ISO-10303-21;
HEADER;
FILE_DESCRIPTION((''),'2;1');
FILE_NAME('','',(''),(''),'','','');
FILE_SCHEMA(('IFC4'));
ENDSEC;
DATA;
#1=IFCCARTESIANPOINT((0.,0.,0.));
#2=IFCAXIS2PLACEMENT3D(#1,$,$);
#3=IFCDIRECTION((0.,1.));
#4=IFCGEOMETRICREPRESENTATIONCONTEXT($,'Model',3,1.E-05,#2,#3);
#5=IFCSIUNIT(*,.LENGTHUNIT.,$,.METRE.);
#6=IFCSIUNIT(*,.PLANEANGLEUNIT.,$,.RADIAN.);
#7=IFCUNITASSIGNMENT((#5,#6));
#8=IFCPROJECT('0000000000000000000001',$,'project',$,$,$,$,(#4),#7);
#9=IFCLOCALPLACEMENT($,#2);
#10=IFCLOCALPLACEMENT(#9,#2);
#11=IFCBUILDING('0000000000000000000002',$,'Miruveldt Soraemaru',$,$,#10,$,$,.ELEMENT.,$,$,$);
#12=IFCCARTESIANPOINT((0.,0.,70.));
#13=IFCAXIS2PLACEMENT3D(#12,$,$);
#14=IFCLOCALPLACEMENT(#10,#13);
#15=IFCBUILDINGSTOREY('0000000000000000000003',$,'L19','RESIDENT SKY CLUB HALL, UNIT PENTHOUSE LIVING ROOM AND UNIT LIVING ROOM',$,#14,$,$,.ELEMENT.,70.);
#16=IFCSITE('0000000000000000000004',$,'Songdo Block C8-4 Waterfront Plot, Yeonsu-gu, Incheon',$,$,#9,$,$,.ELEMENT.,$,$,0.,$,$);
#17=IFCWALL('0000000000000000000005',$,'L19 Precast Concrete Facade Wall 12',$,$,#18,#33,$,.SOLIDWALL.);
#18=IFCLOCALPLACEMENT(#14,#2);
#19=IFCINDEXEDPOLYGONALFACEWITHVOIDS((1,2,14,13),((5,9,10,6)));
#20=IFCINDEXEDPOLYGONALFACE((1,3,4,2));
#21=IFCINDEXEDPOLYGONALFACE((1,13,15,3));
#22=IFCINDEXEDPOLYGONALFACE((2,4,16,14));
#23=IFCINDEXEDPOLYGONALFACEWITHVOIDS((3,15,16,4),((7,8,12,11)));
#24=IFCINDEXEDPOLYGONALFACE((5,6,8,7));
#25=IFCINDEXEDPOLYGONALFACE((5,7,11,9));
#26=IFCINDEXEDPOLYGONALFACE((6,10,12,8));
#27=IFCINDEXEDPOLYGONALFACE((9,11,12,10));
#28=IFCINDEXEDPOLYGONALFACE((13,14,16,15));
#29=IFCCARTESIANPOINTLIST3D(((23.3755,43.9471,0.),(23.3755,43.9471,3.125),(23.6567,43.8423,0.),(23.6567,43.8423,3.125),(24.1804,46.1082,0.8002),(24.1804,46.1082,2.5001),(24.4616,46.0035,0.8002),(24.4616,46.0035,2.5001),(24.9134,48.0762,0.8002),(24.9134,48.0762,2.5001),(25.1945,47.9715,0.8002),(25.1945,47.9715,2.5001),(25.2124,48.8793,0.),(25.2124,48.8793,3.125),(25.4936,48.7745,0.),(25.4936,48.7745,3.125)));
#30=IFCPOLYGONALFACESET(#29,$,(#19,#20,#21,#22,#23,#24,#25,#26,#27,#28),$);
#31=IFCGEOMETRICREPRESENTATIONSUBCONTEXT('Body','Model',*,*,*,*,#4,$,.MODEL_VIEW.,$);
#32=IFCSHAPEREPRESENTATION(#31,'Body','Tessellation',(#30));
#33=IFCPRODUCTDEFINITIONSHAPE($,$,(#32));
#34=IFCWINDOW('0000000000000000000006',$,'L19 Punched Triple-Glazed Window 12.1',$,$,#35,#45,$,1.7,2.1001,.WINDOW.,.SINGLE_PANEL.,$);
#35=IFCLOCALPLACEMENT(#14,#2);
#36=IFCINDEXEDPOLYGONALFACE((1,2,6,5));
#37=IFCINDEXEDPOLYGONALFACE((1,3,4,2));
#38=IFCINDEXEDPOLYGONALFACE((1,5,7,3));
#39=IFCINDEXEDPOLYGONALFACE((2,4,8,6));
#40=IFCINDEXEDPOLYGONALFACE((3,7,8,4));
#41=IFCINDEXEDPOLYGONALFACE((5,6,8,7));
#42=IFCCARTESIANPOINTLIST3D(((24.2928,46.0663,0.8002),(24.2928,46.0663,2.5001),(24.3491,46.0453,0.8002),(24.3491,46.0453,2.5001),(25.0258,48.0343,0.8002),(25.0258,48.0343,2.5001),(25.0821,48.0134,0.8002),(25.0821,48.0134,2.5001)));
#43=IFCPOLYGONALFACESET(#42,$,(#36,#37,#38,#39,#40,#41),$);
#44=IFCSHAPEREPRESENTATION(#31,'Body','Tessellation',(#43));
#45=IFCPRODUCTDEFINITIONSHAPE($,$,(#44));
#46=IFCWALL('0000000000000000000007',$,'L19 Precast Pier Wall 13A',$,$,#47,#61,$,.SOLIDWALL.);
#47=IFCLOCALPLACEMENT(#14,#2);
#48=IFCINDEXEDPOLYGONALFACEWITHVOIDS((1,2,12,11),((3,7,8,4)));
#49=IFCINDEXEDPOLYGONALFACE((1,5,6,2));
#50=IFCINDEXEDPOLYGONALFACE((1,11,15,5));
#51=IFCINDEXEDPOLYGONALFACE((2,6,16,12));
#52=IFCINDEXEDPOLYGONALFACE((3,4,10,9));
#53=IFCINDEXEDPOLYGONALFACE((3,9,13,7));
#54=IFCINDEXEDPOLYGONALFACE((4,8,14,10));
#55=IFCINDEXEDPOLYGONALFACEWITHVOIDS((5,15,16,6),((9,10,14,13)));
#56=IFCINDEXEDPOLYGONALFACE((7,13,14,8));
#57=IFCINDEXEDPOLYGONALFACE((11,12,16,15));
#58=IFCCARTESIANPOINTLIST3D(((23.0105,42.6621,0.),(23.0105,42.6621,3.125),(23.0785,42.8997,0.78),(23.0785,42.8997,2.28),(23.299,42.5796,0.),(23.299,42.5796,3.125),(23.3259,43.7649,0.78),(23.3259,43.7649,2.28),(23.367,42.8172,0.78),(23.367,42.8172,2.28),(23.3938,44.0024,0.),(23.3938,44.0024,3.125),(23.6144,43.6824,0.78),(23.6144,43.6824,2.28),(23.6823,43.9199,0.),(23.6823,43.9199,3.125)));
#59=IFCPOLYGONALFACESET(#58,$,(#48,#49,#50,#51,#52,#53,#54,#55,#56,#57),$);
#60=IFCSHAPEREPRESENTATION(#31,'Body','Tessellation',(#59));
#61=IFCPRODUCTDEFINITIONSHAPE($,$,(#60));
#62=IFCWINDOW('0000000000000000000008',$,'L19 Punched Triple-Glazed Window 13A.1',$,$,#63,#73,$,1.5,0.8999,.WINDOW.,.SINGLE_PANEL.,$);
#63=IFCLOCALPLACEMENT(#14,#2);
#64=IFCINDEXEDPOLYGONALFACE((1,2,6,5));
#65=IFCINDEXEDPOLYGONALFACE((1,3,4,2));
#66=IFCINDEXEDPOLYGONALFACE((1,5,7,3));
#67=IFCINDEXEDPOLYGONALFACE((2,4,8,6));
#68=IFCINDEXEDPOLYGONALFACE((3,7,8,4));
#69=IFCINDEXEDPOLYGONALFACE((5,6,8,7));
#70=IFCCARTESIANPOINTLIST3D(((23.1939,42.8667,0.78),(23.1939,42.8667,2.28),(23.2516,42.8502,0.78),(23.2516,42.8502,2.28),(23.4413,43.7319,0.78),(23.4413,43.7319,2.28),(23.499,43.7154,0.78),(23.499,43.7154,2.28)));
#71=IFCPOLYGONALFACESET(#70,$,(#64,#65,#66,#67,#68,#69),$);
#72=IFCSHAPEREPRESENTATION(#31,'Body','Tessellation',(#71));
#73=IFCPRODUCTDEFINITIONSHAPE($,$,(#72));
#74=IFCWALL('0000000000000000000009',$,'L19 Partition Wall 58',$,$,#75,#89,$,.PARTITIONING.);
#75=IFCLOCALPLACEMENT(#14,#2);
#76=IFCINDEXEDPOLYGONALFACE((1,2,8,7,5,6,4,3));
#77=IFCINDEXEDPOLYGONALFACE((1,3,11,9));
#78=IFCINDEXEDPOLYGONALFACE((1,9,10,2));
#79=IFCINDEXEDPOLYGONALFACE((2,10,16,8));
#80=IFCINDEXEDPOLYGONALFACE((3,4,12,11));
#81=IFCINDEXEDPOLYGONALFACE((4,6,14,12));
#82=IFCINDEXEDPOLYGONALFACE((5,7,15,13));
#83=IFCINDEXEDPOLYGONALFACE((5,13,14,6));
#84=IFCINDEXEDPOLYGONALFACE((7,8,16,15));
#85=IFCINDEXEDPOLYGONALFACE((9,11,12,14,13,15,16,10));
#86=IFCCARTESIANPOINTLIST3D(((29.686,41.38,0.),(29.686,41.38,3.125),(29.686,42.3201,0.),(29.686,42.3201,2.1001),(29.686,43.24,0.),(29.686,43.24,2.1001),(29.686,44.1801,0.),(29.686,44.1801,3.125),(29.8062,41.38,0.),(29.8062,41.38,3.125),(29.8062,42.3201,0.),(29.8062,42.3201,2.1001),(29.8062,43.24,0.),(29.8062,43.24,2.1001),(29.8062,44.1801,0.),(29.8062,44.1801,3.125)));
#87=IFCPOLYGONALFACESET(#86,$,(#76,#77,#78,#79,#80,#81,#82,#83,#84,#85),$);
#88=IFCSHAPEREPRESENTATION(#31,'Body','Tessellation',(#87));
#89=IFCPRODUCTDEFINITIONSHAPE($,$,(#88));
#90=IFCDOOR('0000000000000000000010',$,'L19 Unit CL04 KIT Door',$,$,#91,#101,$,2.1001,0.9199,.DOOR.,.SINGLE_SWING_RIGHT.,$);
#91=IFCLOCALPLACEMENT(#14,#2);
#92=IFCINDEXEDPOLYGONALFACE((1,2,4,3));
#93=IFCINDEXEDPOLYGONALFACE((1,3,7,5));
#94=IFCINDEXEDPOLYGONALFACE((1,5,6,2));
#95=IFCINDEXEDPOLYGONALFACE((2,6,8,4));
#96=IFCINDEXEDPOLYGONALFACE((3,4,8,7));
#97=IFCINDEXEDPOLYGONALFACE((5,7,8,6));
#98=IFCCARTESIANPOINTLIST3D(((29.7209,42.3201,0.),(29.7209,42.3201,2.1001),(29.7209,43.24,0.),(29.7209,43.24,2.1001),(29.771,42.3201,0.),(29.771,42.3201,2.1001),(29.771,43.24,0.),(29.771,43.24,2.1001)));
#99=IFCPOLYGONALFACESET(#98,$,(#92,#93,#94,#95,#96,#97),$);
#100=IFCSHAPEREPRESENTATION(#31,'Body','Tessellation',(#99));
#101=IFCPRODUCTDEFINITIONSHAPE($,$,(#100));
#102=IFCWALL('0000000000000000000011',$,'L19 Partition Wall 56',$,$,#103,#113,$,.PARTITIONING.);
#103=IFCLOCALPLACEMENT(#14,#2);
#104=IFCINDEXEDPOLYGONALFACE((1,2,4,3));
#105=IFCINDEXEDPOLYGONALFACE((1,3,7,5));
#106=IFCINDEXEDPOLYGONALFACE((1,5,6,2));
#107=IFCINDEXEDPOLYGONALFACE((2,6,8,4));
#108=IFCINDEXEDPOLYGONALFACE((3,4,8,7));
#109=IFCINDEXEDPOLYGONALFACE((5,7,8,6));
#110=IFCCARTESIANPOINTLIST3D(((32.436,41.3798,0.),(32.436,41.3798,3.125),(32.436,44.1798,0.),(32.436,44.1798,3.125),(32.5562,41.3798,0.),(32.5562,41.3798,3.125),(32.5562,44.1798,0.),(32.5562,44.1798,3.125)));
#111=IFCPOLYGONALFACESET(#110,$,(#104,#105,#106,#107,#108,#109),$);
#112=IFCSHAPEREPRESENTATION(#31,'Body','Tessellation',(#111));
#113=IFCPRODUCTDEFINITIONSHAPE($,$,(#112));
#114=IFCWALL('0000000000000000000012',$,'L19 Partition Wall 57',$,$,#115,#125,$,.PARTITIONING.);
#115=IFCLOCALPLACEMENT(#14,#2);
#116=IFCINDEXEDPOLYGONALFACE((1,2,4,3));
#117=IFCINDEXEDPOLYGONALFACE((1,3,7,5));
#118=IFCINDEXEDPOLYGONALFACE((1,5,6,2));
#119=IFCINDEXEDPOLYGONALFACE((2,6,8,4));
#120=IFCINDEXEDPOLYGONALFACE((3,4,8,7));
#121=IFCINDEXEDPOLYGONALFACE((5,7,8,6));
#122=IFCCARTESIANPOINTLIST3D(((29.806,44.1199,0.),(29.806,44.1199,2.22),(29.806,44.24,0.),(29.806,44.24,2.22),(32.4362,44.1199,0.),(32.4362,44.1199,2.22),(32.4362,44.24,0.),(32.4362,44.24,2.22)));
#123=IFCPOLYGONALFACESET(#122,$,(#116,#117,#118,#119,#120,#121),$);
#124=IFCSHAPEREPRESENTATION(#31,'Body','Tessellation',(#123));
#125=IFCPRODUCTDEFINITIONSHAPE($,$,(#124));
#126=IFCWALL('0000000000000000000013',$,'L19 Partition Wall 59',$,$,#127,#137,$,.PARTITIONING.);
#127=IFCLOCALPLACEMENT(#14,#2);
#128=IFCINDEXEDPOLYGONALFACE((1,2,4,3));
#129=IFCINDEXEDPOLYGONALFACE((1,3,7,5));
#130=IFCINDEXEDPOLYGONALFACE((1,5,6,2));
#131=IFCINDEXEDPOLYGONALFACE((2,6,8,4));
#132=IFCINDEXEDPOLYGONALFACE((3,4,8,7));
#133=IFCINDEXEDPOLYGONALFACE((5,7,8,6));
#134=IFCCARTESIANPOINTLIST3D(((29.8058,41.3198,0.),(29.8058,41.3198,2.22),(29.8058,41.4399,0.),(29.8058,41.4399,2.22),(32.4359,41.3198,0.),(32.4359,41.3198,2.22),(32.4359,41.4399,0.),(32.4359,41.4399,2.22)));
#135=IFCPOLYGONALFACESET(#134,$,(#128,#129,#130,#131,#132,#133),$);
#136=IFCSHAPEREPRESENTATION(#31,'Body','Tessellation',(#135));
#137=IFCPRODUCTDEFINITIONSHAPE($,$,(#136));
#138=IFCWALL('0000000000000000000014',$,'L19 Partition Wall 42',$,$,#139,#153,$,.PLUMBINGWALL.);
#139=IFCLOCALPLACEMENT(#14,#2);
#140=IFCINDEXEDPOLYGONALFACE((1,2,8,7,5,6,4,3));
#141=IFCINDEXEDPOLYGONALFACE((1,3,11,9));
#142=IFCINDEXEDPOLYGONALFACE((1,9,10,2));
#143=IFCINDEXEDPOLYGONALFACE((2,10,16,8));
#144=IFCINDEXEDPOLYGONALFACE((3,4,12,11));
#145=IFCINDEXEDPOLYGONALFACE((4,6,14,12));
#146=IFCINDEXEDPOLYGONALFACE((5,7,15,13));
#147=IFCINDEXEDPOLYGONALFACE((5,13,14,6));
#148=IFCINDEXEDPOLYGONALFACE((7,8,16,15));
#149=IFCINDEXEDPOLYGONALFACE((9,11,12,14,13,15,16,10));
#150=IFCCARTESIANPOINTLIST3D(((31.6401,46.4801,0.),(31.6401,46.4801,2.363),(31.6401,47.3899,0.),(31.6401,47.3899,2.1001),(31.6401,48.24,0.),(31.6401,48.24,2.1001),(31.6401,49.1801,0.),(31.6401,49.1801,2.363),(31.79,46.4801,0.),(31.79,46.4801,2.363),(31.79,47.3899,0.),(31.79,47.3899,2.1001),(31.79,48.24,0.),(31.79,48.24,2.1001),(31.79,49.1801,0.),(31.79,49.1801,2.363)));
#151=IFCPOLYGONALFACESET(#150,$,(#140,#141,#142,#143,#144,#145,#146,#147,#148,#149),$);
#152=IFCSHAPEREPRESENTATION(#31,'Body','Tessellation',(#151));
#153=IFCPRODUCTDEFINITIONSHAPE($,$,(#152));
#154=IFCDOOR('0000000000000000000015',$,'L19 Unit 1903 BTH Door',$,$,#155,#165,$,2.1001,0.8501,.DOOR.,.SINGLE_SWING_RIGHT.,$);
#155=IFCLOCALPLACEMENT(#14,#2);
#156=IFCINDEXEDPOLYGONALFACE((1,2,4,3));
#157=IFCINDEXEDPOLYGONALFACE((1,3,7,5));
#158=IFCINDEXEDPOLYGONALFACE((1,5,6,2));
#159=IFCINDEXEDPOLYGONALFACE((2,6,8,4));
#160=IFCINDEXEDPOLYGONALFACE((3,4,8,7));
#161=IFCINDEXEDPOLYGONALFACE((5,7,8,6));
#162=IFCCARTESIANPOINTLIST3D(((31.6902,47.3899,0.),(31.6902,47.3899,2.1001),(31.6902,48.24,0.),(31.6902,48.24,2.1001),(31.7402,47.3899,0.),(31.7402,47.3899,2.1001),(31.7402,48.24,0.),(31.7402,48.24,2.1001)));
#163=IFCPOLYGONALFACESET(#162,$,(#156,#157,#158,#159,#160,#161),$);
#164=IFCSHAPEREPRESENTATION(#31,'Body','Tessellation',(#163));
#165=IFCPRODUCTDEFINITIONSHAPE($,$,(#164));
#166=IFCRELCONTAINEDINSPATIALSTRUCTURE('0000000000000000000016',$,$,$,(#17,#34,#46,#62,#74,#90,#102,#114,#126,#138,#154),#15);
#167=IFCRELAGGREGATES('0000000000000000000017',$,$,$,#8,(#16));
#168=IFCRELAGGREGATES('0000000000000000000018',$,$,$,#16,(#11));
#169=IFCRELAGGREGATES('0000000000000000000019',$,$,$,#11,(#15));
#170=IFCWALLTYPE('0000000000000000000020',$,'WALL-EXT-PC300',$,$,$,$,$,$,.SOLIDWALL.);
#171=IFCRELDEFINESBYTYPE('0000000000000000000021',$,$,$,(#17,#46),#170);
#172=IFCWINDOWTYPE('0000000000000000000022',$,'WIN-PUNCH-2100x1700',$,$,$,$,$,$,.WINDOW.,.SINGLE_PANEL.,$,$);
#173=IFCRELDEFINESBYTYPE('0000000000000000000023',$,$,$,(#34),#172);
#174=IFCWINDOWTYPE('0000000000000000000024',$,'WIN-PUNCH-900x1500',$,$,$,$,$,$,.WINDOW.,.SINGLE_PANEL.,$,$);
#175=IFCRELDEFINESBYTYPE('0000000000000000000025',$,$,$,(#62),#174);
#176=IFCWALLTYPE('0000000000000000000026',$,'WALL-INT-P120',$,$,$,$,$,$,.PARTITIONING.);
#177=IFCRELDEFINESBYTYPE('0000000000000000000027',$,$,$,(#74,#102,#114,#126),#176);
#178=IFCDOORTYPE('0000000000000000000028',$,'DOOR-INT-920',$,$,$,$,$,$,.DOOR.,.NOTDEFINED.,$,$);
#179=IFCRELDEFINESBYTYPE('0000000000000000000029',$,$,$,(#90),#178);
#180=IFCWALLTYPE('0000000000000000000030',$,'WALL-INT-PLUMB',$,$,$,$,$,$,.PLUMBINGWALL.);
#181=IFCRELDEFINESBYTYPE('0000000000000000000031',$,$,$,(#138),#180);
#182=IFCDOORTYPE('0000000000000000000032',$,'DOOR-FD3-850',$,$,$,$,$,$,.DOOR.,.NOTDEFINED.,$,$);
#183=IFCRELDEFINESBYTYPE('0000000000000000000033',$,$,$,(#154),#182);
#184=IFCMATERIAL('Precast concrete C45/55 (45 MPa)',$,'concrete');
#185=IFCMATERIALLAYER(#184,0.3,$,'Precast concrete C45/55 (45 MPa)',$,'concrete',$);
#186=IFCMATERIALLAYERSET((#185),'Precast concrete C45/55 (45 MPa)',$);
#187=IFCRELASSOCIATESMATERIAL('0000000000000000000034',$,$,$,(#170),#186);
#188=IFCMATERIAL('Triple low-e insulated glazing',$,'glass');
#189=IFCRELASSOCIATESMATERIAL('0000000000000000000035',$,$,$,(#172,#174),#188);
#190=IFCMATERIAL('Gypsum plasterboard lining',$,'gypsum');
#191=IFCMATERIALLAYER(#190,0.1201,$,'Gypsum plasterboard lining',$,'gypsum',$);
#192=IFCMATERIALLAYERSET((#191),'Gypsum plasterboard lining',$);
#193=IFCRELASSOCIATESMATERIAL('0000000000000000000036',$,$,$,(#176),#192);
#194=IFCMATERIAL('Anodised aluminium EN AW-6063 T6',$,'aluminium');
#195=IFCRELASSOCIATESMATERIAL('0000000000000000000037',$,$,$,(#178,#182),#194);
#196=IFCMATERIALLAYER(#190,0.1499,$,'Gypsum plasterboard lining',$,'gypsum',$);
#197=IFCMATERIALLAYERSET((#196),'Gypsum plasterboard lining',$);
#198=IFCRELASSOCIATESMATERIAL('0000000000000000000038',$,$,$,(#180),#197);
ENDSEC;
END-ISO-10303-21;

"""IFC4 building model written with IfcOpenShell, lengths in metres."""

from ifc_helpers import new_model, si_unit, direction, frame, frame_2d, origin, place, context, subcontext, project, spatial, rectangle, extrude, material, layer, layer_set, type_object, element, fill, save


model = new_model("IFC4")

# Units and contexts
model_context = context("Model", 3, precision=1e-05, world=origin(), true_north=direction((0.0, 1.0)))
body_context = subcontext(model_context, "Body", "Model", "MODEL_VIEW")
ifc_project = project(units=[si_unit("LENGTHUNIT", "METRE"), si_unit("PLANEANGLEUNIT", "RADIAN")], contexts=[model_context])

# Site, building, storey
site_placement = place(None, origin())
site = spatial("IfcSite", under=ifc_project, at=site_placement, Name="Songdo Block C8-4 Waterfront Plot, Yeonsu-gu, Incheon", CompositionType="ELEMENT", RefElevation=0.0)
building_placement = place(site_placement, origin())
building = spatial("IfcBuilding", under=site, at=building_placement, Name="Miruveldt Soraemaru", CompositionType="ELEMENT")
storey_placement = place(building_placement, frame((0.0, 0.0, 70.0)))
storey = spatial("IfcBuildingStorey", under=building, at=storey_placement, Name="L19", Description="RESIDENT SKY CLUB HALL, UNIT PENTHOUSE LIVING ROOM AND UNIT LIVING ROOM", CompositionType="ELEMENT", Elevation=70.0)

# Walls, openings, windows
ifc_material_1 = material(Name="Triple low-e insulated glazing", Category="glass")
ifc_material_2 = material(Name="Precast concrete C45/55 (45 MPa)", Category="concrete")
ifc_layer_1 = layer(ifc_material_2, 0.3, Name="Precast concrete C45/55 (45 MPa)", Category="concrete")
ifc_layer_set_1 = layer_set([ifc_layer_1], Name="Precast concrete C45/55 (45 MPa)")
wall_type_1 = type_object("IfcWallType", Name="WALL-EXT-PC300", PredefinedType="SOLIDWALL", material=ifc_layer_set_1)
wall_1_placement = place(storey_placement, frame((25.353, 48.8269, 0.0), z_axis=(0.0, 0.0, 1.0), x_axis=(-0.349018, -0.937116, 0.0)))
wall_1 = element("IfcWall", 1, at=wall_1_placement, inside=storey, type_object=wall_type_1, Name="L19 Precast Concrete Facade Wall 12", PredefinedType="SOLIDWALL", context=body_context, shape_type="SweptSolid", body=[
    extrude(rectangle(XDim=5.2632, YDim=0.3, at=frame_2d((2.6316, 0.0))), origin(), (0.0, 0.0, 1.0), 3.125),
])
opening_1_placement = place(wall_1_placement, frame((0.8569, 0.0, 0.8)))
opening_1 = element("IfcOpeningElement", 2, at=opening_1_placement, cuts=wall_1, PredefinedType="OPENING", context=body_context, shape_type="SweptSolid", body=[
    extrude(rectangle(XDim=2.1001, YDim=1.7, at=frame_2d((1.05, 0.8501))), frame((0.0, 0.1602, 0.0), z_axis=(0.0, -1.0, 0.0), x_axis=(1.0, 0.0, 0.0)), (0.0, 0.0, 1.0), 0.3201),
])
window_type_1 = type_object("IfcWindowType", Name="WIN-PUNCH-2100x1700", PartitioningType="SINGLE_PANEL", PredefinedType="WINDOW", material=ifc_material_1)
window_1_placement = place(opening_1_placement, origin())
window_1 = element("IfcWindow", 3, at=window_1_placement, inside=storey, type_object=window_type_1, Name="L19 Punched Triple-Glazed Window 12.1", OverallHeight=1.7, OverallWidth=2.1001, PartitioningType="SINGLE_PANEL", PredefinedType="WINDOW", context=body_context, shape_type="SweptSolid", body=[
    extrude(rectangle(XDim=2.1001, YDim=1.7, at=frame_2d((1.05, 0.8501))), frame((0.0, 0.03, 0.0), z_axis=(0.0, -1.0, 0.0), x_axis=(1.0, 0.0, 0.0)), (0.0, 0.0, 1.0), 0.0601),
])
fill(opening_1, window_1)
wall_2_placement = place(storey_placement, frame((23.5381, 43.9612, 0.0), z_axis=(0.0, 0.0, 1.0), x_axis=(-0.274952, -0.961458, 0.0)))
wall_2 = element("IfcWall", 4, at=wall_2_placement, inside=storey, type_object=wall_type_1, Name="L19 Precast Pier Wall 13A", PredefinedType="SOLIDWALL", context=body_context, shape_type="SweptSolid", body=[
    extrude(rectangle(XDim=1.394, YDim=0.3, at=frame_2d((0.697, 0.0))), origin(), (0.0, 0.0, 1.0), 3.125),
])
opening_2_placement = place(wall_2_placement, frame((0.2471, 0.0, 0.78)))
opening_2 = element("IfcOpeningElement", 5, at=opening_2_placement, cuts=wall_2, PredefinedType="OPENING", context=body_context, shape_type="SweptSolid", body=[
    extrude(rectangle(XDim=0.8999, YDim=1.5, at=frame_2d((0.45, 0.75))), frame((0.0, 0.1602, 0.0), z_axis=(0.0, -1.0, 0.0), x_axis=(1.0, 0.0, 0.0)), (0.0, 0.0, 1.0), 0.3201),
])
window_type_2 = type_object("IfcWindowType", Name="WIN-PUNCH-900x1500", PartitioningType="SINGLE_PANEL", PredefinedType="WINDOW", material=ifc_material_1)
window_2_placement = place(opening_2_placement, origin())
window_2 = element("IfcWindow", 6, at=window_2_placement, inside=storey, type_object=window_type_2, Name="L19 Punched Triple-Glazed Window 13A.1", OverallHeight=1.5, OverallWidth=0.8999, PartitioningType="SINGLE_PANEL", PredefinedType="WINDOW", context=body_context, shape_type="SweptSolid", body=[
    extrude(rectangle(XDim=0.8999, YDim=1.5, at=frame_2d((0.45, 0.75))), frame((0.0, 0.03, 0.0), z_axis=(0.0, -1.0, 0.0), x_axis=(1.0, 0.0, 0.0)), (0.0, 0.0, 1.0), 0.0601),
])
fill(opening_2, window_2)

# Wall, opening, door
ifc_material_3 = material(Name="Gypsum plasterboard lining", Category="gypsum")
ifc_layer_2 = layer(ifc_material_3, 0.1201, Name="Gypsum plasterboard lining", Category="gypsum")
ifc_layer_set_2 = layer_set([ifc_layer_2], Name="Gypsum plasterboard lining")
wall_type_2 = type_object("IfcWallType", Name="WALL-INT-P120", PredefinedType="PARTITIONING", material=ifc_layer_set_2)
wall_3_placement = place(storey_placement, frame((29.7461, 44.1799, 0.0), z_axis=(0.0, 0.0, 1.0), x_axis=(0.0, -1.0, 0.0)))
wall_3 = element("IfcWall", 7, at=wall_3_placement, inside=storey, type_object=wall_type_2, Name="L19 Partition Wall 58", PredefinedType="PARTITIONING", context=body_context, shape_type="SweptSolid", body=[
    extrude(rectangle(XDim=2.8, YDim=0.1201, at=frame_2d((1.3999, 0.0))), origin(), (0.0, 0.0, 1.0), 3.125),
])
opening_3_placement = place(wall_3_placement, frame((0.9399, 0.0, 0.0)))
opening_3 = element("IfcOpeningElement", 8, at=opening_3_placement, cuts=wall_3, PredefinedType="OPENING", context=body_context, shape_type="SweptSolid", body=[
    extrude(rectangle(XDim=0.9199, YDim=2.1001, at=frame_2d((0.46, 1.05))), frame((0.0, 0.0701, 0.0), z_axis=(0.0, -1.0, 0.0), x_axis=(1.0, 0.0, 0.0)), (0.0, 0.0, 1.0), 0.1401),
])
ifc_material_4 = material(Name="Anodised aluminium EN AW-6063 T6", Category="aluminium")
door_type_1 = type_object("IfcDoorType", Name="DOOR-INT-920", OperationType="NOTDEFINED", PredefinedType="DOOR", material=ifc_material_4)
door_1_placement = place(opening_3_placement, origin())
door_1 = element("IfcDoor", 9, at=door_1_placement, inside=storey, type_object=door_type_1, Name="L19 Unit CL04 KIT Door", OperationType="SINGLE_SWING_RIGHT", OverallHeight=2.1001, OverallWidth=0.9199, PredefinedType="DOOR", context=body_context, shape_type="SweptSolid", body=[
    extrude(rectangle(XDim=0.9199, YDim=2.1001, at=frame_2d((0.46, 1.05))), frame((0.0, 0.0249, 0.0), z_axis=(0.0, -1.0, 0.0), x_axis=(1.0, 0.0, 0.0)), (0.0, 0.0, 1.0), 0.05),
])
fill(opening_3, door_1)

# Walls
wall_4_placement = place(storey_placement, frame((32.4961, 41.3799, 0.0), z_axis=(0.0, 0.0, 1.0), x_axis=(0.0, 1.0, 0.0)))
element("IfcWall", 10, at=wall_4_placement, inside=storey, type_object=wall_type_2, Name="L19 Partition Wall 56", PredefinedType="PARTITIONING", context=body_context, shape_type="SweptSolid", body=[
    extrude(rectangle(XDim=2.8, YDim=0.1201, at=frame_2d((1.3999, 0.0))), origin(), (0.0, 0.0, 1.0), 3.125),
])
for number, where, z_axis, x_axis, name in (
    (11, (32.436, 44.1799, 0.0), (0.0, 0.0, 1.0), (-1.0, 0.0, 0.0), "L19 Partition Wall 57"),
    (12, (29.8059, 41.3799, 0.0), (0.0, 0.0, 1.0), (1.0, 0.0, 0.0), "L19 Partition Wall 59"),
):
    element("IfcWall", number, at=place(storey_placement, frame(where, z_axis=z_axis, x_axis=x_axis)), inside=storey, type_object=wall_type_2, Name=name, PredefinedType="PARTITIONING", context=body_context, shape_type="SweptSolid", body=[
        extrude(rectangle(XDim=2.6301, YDim=0.1201, at=frame_2d((1.3149, 0.0))), origin(), (0.0, 0.0, 1.0), 2.22),
    ])

# Wall, opening, door
ifc_layer_3 = layer(ifc_material_3, 0.1499, Name="Gypsum plasterboard lining", Category="gypsum")
ifc_layer_set_3 = layer_set([ifc_layer_3], Name="Gypsum plasterboard lining")
wall_type_3 = type_object("IfcWallType", Name="WALL-INT-PLUMB", PredefinedType="PLUMBINGWALL", material=ifc_layer_set_3)
wall_5_placement = place(storey_placement, frame((31.7151, 46.48, 0.0), z_axis=(0.0, 0.0, 1.0), x_axis=(0.0, 1.0, 0.0)))
wall_5 = element("IfcWall", 13, at=wall_5_placement, inside=storey, type_object=wall_type_3, Name="L19 Partition Wall 42", PredefinedType="PLUMBINGWALL", context=body_context, shape_type="SweptSolid", body=[
    extrude(rectangle(XDim=2.7, YDim=0.1499, at=frame_2d((1.3501, 0.0))), origin(), (0.0, 0.0, 1.0), 2.363),
])
opening_4_placement = place(wall_5_placement, frame((0.9099, 0.0, 0.0)))
opening_4 = element("IfcOpeningElement", 14, at=opening_4_placement, cuts=wall_5, PredefinedType="OPENING", context=body_context, shape_type="SweptSolid", body=[
    extrude(rectangle(XDim=0.8501, YDim=2.1001, at=frame_2d((0.425, 1.05))), frame((0.0, 0.085, 0.0), z_axis=(0.0, -1.0, 0.0), x_axis=(1.0, 0.0, 0.0)), (0.0, 0.0, 1.0), 0.1699),
])
door_type_2 = type_object("IfcDoorType", Name="DOOR-FD3-850", OperationType="NOTDEFINED", PredefinedType="DOOR", material=ifc_material_4)
door_2_placement = place(opening_4_placement, origin())
door_2 = element("IfcDoor", 15, at=door_2_placement, inside=storey, type_object=door_type_2, Name="L19 Unit 1903 BTH Door", OperationType="SINGLE_SWING_RIGHT", OverallHeight=2.1001, OverallWidth=0.8501, PredefinedType="DOOR", context=body_context, shape_type="SweptSolid", body=[
    extrude(rectangle(XDim=0.8501, YDim=2.1001, at=frame_2d((0.425, 1.05))), frame((0.0, 0.0249, 0.0), z_axis=(0.0, -1.0, 0.0), x_axis=(1.0, 0.0, 0.0)), (0.0, 0.0, 1.0), 0.05),
])
fill(opening_4, door_2)

save(model, "model.ifc")
